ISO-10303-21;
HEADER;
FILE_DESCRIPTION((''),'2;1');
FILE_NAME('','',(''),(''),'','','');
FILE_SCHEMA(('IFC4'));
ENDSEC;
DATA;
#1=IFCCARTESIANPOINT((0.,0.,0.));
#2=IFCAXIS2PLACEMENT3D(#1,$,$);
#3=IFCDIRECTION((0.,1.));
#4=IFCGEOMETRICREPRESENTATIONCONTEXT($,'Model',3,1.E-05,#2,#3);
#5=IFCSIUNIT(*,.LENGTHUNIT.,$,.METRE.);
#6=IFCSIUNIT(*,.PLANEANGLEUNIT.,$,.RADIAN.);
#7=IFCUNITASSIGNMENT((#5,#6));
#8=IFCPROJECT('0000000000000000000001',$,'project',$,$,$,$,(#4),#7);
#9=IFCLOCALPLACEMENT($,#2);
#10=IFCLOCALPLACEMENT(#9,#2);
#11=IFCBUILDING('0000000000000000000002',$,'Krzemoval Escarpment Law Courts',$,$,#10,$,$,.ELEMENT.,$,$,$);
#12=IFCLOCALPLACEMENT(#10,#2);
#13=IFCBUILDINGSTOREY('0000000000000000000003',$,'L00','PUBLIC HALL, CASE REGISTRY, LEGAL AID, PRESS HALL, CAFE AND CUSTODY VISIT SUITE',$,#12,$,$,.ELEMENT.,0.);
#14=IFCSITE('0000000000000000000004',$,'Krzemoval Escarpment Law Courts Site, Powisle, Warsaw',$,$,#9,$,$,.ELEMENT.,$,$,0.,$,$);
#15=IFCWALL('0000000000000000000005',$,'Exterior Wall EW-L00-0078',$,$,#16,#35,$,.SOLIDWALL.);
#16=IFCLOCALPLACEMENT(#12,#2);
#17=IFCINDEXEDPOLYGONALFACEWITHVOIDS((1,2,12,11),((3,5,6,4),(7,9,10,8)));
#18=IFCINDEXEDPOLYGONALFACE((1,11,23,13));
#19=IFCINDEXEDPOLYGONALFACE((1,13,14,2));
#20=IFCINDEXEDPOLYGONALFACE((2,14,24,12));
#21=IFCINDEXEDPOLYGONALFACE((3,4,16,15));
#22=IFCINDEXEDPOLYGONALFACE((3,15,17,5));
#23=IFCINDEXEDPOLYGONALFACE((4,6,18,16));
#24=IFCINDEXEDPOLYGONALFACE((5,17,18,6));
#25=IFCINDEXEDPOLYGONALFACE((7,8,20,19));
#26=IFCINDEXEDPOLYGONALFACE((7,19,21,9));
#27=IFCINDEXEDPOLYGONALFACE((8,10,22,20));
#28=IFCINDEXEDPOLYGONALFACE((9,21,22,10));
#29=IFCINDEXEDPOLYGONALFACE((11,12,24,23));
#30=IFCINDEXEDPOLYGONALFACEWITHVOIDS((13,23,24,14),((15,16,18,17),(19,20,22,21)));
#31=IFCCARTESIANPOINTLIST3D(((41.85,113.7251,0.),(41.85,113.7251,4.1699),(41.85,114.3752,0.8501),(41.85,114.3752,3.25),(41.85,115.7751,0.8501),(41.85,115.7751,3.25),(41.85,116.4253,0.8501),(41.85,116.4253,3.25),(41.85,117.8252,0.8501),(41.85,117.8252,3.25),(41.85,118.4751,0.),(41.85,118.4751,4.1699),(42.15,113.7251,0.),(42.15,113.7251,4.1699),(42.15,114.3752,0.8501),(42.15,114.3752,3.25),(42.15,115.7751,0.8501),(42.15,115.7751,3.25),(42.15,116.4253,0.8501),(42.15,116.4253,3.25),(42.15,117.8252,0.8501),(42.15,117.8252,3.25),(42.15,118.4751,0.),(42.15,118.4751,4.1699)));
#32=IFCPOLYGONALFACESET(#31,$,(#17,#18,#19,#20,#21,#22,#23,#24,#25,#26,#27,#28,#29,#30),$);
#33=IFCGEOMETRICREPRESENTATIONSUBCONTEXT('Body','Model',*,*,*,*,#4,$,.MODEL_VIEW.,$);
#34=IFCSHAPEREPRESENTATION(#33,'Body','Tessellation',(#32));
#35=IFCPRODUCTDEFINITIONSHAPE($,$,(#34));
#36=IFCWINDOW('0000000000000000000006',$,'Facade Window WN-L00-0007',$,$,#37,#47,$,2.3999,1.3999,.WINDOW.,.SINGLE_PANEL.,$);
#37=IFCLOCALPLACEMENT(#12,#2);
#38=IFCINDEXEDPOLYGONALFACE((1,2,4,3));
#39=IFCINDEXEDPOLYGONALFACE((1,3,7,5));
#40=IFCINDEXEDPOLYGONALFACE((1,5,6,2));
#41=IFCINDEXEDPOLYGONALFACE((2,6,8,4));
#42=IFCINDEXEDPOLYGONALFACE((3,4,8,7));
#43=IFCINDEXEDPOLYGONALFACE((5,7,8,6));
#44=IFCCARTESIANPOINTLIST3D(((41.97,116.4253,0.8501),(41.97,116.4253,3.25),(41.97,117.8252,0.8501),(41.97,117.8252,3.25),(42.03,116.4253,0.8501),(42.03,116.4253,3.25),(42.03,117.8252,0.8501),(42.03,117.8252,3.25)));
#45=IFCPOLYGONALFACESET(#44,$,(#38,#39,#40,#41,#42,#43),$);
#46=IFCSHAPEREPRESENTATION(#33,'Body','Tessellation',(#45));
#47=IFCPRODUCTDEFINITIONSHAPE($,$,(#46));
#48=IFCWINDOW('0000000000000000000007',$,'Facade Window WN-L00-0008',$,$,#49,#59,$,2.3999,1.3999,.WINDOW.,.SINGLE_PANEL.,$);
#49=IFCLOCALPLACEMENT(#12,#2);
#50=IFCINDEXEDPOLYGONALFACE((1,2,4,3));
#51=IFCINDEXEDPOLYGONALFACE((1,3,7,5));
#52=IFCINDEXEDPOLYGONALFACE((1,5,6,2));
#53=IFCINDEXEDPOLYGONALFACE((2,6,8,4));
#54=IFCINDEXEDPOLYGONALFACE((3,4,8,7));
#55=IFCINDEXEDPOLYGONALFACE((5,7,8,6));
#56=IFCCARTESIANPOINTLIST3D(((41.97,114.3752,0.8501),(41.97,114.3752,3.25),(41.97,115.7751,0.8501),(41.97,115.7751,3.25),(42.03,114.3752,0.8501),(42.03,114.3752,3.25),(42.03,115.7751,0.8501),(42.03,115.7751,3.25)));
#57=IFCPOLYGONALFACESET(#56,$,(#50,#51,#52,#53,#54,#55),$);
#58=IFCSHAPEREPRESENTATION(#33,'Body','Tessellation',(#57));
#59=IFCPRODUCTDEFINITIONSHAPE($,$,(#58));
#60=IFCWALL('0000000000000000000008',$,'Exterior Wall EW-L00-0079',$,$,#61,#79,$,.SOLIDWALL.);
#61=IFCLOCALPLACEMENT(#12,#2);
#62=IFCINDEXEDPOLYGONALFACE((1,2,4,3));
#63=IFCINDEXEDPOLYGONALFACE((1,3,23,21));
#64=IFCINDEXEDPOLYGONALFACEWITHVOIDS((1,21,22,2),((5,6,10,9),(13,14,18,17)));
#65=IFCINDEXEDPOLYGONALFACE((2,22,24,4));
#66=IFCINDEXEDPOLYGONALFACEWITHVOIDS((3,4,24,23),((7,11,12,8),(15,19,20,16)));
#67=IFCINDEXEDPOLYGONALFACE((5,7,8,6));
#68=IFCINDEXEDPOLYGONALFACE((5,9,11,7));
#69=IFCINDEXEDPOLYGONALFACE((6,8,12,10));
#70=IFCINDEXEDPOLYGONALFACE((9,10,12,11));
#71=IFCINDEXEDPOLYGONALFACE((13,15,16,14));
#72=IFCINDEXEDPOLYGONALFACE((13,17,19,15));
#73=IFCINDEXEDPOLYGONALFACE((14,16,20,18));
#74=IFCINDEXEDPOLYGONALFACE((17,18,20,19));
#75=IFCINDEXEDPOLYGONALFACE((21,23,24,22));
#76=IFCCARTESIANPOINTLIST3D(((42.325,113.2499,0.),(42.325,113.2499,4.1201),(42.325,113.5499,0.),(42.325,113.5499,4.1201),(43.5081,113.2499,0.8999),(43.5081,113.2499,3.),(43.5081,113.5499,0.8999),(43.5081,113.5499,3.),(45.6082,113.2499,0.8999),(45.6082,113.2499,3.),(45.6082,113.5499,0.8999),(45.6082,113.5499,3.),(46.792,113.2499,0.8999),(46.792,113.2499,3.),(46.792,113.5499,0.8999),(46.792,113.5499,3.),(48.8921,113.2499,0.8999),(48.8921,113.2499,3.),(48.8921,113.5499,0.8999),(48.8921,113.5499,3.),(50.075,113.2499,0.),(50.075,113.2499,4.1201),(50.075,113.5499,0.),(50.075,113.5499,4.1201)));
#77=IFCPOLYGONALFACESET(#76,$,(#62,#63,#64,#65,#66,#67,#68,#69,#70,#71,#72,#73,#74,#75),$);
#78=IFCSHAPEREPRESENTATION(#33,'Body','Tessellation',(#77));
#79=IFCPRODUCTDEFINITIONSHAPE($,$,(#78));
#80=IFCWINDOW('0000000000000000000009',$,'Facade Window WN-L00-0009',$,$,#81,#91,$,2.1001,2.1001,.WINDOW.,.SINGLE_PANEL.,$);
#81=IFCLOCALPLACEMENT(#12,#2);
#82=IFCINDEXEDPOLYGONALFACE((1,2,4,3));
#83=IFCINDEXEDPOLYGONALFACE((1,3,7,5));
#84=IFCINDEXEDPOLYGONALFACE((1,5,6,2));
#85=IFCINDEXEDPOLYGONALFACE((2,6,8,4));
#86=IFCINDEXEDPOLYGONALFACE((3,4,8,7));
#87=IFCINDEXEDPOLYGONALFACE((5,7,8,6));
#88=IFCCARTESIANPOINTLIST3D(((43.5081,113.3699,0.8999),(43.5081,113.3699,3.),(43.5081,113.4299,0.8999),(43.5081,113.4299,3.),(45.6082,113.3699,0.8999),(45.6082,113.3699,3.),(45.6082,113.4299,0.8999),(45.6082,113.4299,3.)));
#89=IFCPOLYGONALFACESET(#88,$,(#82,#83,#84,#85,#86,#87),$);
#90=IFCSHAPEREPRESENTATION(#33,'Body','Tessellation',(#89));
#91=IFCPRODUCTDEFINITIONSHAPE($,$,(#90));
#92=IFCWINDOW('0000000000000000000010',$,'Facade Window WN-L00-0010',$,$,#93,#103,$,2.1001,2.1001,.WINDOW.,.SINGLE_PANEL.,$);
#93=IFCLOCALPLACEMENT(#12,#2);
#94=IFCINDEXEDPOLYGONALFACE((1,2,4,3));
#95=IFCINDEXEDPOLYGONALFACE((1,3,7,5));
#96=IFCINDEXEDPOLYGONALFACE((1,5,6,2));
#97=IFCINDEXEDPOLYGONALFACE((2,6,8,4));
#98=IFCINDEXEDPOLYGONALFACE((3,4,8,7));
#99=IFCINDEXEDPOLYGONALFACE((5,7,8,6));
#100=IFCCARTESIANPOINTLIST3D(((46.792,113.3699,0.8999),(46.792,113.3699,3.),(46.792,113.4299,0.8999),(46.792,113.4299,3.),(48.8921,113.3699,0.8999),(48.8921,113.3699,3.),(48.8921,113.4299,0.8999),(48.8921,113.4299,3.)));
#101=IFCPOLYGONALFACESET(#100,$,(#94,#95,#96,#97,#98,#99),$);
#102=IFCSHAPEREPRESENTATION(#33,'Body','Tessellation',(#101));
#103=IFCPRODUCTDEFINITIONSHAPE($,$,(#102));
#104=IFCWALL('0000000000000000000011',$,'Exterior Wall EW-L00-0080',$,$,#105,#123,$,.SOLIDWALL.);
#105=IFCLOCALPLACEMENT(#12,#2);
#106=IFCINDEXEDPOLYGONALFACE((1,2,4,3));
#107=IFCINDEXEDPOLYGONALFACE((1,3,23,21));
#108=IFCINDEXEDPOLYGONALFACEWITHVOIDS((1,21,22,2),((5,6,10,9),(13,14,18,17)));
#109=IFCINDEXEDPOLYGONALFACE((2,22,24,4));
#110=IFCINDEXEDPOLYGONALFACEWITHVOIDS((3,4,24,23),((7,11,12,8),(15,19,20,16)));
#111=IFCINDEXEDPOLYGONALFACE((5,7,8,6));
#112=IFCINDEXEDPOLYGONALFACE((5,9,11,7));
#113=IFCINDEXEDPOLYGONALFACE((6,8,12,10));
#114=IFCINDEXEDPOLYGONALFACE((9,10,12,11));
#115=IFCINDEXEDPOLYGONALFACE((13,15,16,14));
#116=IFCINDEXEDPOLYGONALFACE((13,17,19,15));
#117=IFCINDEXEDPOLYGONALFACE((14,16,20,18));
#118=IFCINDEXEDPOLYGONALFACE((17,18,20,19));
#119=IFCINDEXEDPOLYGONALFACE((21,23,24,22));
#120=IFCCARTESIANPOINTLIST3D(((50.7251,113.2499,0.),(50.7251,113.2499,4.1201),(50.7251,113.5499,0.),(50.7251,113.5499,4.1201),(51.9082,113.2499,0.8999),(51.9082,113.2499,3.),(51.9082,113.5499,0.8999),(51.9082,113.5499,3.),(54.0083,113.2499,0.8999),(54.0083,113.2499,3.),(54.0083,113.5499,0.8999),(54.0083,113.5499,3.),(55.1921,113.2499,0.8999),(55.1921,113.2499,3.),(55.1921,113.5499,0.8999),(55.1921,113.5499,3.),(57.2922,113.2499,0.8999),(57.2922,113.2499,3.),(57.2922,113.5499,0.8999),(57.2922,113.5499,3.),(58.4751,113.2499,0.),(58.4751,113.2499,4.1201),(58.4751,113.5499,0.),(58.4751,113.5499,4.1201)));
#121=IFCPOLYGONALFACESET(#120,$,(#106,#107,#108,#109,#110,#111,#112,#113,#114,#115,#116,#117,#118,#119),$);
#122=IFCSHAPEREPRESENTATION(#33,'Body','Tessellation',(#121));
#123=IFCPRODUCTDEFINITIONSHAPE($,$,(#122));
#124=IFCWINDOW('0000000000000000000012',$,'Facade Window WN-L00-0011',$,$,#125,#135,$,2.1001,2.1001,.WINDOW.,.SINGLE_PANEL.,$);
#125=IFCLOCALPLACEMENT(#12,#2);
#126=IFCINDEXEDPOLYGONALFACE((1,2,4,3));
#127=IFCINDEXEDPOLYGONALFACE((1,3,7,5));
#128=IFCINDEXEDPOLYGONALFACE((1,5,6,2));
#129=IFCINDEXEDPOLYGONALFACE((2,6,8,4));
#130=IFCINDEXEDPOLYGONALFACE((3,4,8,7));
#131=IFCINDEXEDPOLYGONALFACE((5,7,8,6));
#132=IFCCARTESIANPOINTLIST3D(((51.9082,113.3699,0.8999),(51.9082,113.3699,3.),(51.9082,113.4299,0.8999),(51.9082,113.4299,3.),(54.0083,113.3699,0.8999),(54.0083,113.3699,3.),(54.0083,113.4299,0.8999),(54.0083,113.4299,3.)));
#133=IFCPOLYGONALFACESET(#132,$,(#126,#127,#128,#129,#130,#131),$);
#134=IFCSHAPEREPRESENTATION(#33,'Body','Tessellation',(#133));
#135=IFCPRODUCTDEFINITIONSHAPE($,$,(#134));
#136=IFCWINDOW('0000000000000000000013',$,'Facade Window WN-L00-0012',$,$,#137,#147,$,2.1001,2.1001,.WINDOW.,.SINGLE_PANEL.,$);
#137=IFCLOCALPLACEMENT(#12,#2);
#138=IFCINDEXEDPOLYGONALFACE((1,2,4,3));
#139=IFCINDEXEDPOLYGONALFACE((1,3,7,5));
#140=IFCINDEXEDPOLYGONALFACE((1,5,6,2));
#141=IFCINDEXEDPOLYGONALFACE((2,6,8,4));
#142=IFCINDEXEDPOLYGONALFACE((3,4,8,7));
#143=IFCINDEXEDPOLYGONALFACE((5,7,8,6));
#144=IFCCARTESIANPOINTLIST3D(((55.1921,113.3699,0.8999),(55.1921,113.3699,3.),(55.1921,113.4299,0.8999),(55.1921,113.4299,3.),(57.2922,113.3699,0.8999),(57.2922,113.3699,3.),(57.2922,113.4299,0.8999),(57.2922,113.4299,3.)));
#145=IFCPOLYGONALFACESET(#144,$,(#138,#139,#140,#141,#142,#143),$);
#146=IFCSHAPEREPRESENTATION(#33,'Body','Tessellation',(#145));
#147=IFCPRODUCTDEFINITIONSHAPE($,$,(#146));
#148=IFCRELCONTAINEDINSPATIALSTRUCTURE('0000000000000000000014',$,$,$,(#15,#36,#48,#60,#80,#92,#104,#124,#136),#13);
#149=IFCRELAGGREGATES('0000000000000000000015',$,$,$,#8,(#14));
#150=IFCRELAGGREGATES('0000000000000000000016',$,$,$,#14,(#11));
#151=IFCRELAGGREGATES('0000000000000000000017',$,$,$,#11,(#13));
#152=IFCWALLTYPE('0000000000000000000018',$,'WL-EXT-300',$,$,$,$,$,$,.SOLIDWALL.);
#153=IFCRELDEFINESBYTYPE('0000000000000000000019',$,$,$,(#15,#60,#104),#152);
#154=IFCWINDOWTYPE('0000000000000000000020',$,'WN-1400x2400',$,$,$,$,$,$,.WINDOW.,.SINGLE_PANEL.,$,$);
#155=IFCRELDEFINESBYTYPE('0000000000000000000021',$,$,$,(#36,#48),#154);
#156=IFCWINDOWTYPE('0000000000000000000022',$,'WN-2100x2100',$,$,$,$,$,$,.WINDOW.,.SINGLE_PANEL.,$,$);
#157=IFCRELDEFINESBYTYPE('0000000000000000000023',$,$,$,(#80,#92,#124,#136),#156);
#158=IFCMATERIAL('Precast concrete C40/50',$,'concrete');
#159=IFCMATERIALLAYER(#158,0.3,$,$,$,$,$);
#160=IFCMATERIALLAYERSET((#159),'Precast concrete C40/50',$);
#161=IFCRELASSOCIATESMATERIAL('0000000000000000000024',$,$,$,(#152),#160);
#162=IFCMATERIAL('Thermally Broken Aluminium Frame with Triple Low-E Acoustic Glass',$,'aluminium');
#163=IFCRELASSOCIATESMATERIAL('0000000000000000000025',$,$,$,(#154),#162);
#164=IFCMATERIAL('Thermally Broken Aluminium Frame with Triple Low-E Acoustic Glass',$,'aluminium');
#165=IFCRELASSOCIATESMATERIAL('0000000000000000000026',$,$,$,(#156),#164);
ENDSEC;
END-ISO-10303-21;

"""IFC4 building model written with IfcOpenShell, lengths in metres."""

from ifc_helpers import new_model, si_unit, direction, frame, frame_2d, origin, place, context, subcontext, project, spatial, rectangle, extrude, material, layer, layer_set, type_object, element, fill, save


model = new_model("IFC4")

# Units and contexts
model_context = context("Model", 3, precision=1e-05, world=origin(), true_north=direction((0.0, 1.0)))
body_context = subcontext(model_context, "Body", "Model", "MODEL_VIEW")
ifc_project = project(units=[si_unit("LENGTHUNIT", "METRE"), si_unit("PLANEANGLEUNIT", "RADIAN")], contexts=[model_context])

# Site, building, storey
site_placement = place(None, origin())
site = spatial("IfcSite", under=ifc_project, at=site_placement, Name="Krzemoval Escarpment Law Courts Site, Powisle, Warsaw", CompositionType="ELEMENT", RefElevation=0.0)
building_placement = place(site_placement, origin())
building = spatial("IfcBuilding", under=site, at=building_placement, Name="Krzemoval Escarpment Law Courts", CompositionType="ELEMENT")
storey_placement = place(building_placement, origin())
storey = spatial("IfcBuildingStorey", under=building, at=storey_placement, Name="L00", Description="PUBLIC HALL, CASE REGISTRY, LEGAL AID, PRESS HALL, CAFE AND CUSTODY VISIT SUITE", CompositionType="ELEMENT", Elevation=0.0)

# Walls, openings, windows
ifc_material_1 = material(Name="Precast concrete C40/50", Category="concrete")
ifc_layer = layer(ifc_material_1, 0.3)
ifc_layer_set = layer_set([ifc_layer], Name="Precast concrete C40/50")
wall_type = type_object("IfcWallType", Name="WL-EXT-300", PredefinedType="SOLIDWALL", material=ifc_layer_set)
wall_1_placement = place(storey_placement, frame((42.0, 118.4751, 0.0), z_axis=(0.0, 0.0, 1.0), x_axis=(0.0, -1.0, 0.0)))
wall_1 = element("IfcWall", 1, at=wall_1_placement, inside=storey, type_object=wall_type, Name="Exterior Wall EW-L00-0078", PredefinedType="SOLIDWALL", context=body_context, shape_type="SweptSolid", body=[
    extrude(rectangle(XDim=4.75, YDim=0.3, at=frame_2d((2.375, 0.0))), origin(), (0.0, 0.0, 1.0), 4.1699),
])
opening_1_placement = place(wall_1_placement, frame((0.6499, 0.0, 0.8501)))
opening_1 = element("IfcOpeningElement", 2, at=opening_1_placement, cuts=wall_1, PredefinedType="OPENING", context=body_context, shape_type="SweptSolid", body=[
    extrude(rectangle(XDim=1.3999, YDim=2.3999, at=frame_2d((0.7, 1.2))), frame((0.0, 0.165, 0.0), z_axis=(0.0, -1.0, 0.0), x_axis=(1.0, 0.0, 0.0)), (0.0, 0.0, 1.0), 0.3301),
])
opening_2_placement = place(wall_1_placement, frame((2.7, 0.0, 0.8501)))
opening_2 = element("IfcOpeningElement", 3, at=opening_2_placement, cuts=wall_1, PredefinedType="OPENING", context=body_context, shape_type="SweptSolid", body=[
    extrude(rectangle(XDim=1.3999, YDim=2.3999, at=frame_2d((0.7, 1.2))), frame((0.0, 0.165, 0.0), z_axis=(0.0, -1.0, 0.0), x_axis=(1.0, 0.0, 0.0)), (0.0, 0.0, 1.0), 0.3301),
])
ifc_material_2 = material(Name="Thermally Broken Aluminium Frame with Triple Low-E Acoustic Glass", Category="aluminium")
window_type_1 = type_object("IfcWindowType", Name="WN-1400x2400", PartitioningType="SINGLE_PANEL", PredefinedType="WINDOW", material=ifc_material_2)
window_1_placement = place(opening_1_placement, origin())
window_1 = element("IfcWindow", 4, at=window_1_placement, inside=storey, type_object=window_type_1, Name="Facade Window WN-L00-0007", OverallHeight=2.3999, OverallWidth=1.3999, PartitioningType="SINGLE_PANEL", PredefinedType="WINDOW", context=body_context, shape_type="SweptSolid", body=[
    extrude(rectangle(XDim=1.3999, YDim=2.3999, at=frame_2d((0.7, 1.2))), frame((0.0, 0.03, 0.0), z_axis=(0.0, -1.0, 0.0), x_axis=(1.0, 0.0, 0.0)), (0.0, 0.0, 1.0), 0.0601),
])
fill(opening_1, window_1)
window_2_placement = place(opening_2_placement, origin())
window_2 = element("IfcWindow", 5, at=window_2_placement, inside=storey, type_object=window_type_1, Name="Facade Window WN-L00-0008", OverallHeight=2.3999, OverallWidth=1.3999, PartitioningType="SINGLE_PANEL", PredefinedType="WINDOW", context=body_context, shape_type="SweptSolid", body=[
    extrude(rectangle(XDim=1.3999, YDim=2.3999, at=frame_2d((0.7, 1.2))), frame((0.0, 0.03, 0.0), z_axis=(0.0, -1.0, 0.0), x_axis=(1.0, 0.0, 0.0)), (0.0, 0.0, 1.0), 0.0601),
])
fill(opening_2, window_2)
wall_2_placement = place(storey_placement, frame((42.325, 113.3999, 0.0), z_axis=(0.0, 0.0, 1.0), x_axis=(1.0, 0.0, 0.0)))
wall_2 = element("IfcWall", 6, at=wall_2_placement, inside=storey, type_object=wall_type, Name="Exterior Wall EW-L00-0079", PredefinedType="SOLIDWALL", context=body_context, shape_type="SweptSolid", body=[
    extrude(rectangle(XDim=7.75, YDim=0.3, at=frame_2d((3.875, 0.0))), origin(), (0.0, 0.0, 1.0), 4.1201),
])
opening_3_placement = place(wall_2_placement, frame((1.1831, 0.0, 0.8999)))
opening_3 = element("IfcOpeningElement", 7, at=opening_3_placement, cuts=wall_2, PredefinedType="OPENING", context=body_context, shape_type="SweptSolid", body=[
    extrude(rectangle(XDim=2.1001, YDim=2.1001, at=frame_2d((1.05, 1.05))), frame((0.0, 0.165, 0.0), z_axis=(0.0, -1.0, 0.0), x_axis=(1.0, 0.0, 0.0)), (0.0, 0.0, 1.0), 0.3301),
])
opening_4_placement = place(wall_2_placement, frame((4.467, 0.0, 0.8999)))
opening_4 = element("IfcOpeningElement", 8, at=opening_4_placement, cuts=wall_2, PredefinedType="OPENING", context=body_context, shape_type="SweptSolid", body=[
    extrude(rectangle(XDim=2.1001, YDim=2.1001, at=frame_2d((1.05, 1.05))), frame((0.0, 0.165, 0.0), z_axis=(0.0, -1.0, 0.0), x_axis=(1.0, 0.0, 0.0)), (0.0, 0.0, 1.0), 0.3301),
])
ifc_material_3 = material(Name="Thermally Broken Aluminium Frame with Triple Low-E Acoustic Glass", Category="aluminium")
window_type_2 = type_object("IfcWindowType", Name="WN-2100x2100", PartitioningType="SINGLE_PANEL", PredefinedType="WINDOW", material=ifc_material_3)
window_3_placement = place(opening_3_placement, origin())
window_3 = element("IfcWindow", 9, at=window_3_placement, inside=storey, type_object=window_type_2, Name="Facade Window WN-L00-0009", OverallHeight=2.1001, OverallWidth=2.1001, PartitioningType="SINGLE_PANEL", PredefinedType="WINDOW", context=body_context, shape_type="SweptSolid", body=[
    extrude(rectangle(XDim=2.1001, YDim=2.1001, at=frame_2d((1.05, 1.05))), frame((0.0, 0.03, 0.0), z_axis=(0.0, -1.0, 0.0), x_axis=(1.0, 0.0, 0.0)), (0.0, 0.0, 1.0), 0.0601),
])
fill(opening_3, window_3)
window_4_placement = place(opening_4_placement, origin())
window_4 = element("IfcWindow", 10, at=window_4_placement, inside=storey, type_object=window_type_2, Name="Facade Window WN-L00-0010", OverallHeight=2.1001, OverallWidth=2.1001, PartitioningType="SINGLE_PANEL", PredefinedType="WINDOW", context=body_context, shape_type="SweptSolid", body=[
    extrude(rectangle(XDim=2.1001, YDim=2.1001, at=frame_2d((1.05, 1.05))), frame((0.0, 0.03, 0.0), z_axis=(0.0, -1.0, 0.0), x_axis=(1.0, 0.0, 0.0)), (0.0, 0.0, 1.0), 0.0601),
])
fill(opening_4, window_4)
wall_3_placement = place(storey_placement, frame((50.7251, 113.3999, 0.0), z_axis=(0.0, 0.0, 1.0), x_axis=(1.0, 0.0, 0.0)))
wall_3 = element("IfcWall", 11, at=wall_3_placement, inside=storey, type_object=wall_type, Name="Exterior Wall EW-L00-0080", PredefinedType="SOLIDWALL", context=body_context, shape_type="SweptSolid", body=[
    extrude(rectangle(XDim=7.75, YDim=0.3, at=frame_2d((3.875, 0.0))), origin(), (0.0, 0.0, 1.0), 4.1201),
])
opening_5_placement = place(wall_3_placement, frame((1.1831, 0.0, 0.8999)))
opening_5 = element("IfcOpeningElement", 12, at=opening_5_placement, cuts=wall_3, PredefinedType="OPENING", context=body_context, shape_type="SweptSolid", body=[
    extrude(rectangle(XDim=2.1001, YDim=2.1001, at=frame_2d((1.05, 1.05))), frame((0.0, 0.165, 0.0), z_axis=(0.0, -1.0, 0.0), x_axis=(1.0, 0.0, 0.0)), (0.0, 0.0, 1.0), 0.3301),
])
opening_6_placement = place(wall_3_placement, frame((4.467, 0.0, 0.8999)))
opening_6 = element("IfcOpeningElement", 13, at=opening_6_placement, cuts=wall_3, PredefinedType="OPENING", context=body_context, shape_type="SweptSolid", body=[
    extrude(rectangle(XDim=2.1001, YDim=2.1001, at=frame_2d((1.05, 1.05))), frame((0.0, 0.165, 0.0), z_axis=(0.0, -1.0, 0.0), x_axis=(1.0, 0.0, 0.0)), (0.0, 0.0, 1.0), 0.3301),
])
window_5_placement = place(opening_5_placement, origin())
window_5 = element("IfcWindow", 14, at=window_5_placement, inside=storey, type_object=window_type_2, Name="Facade Window WN-L00-0011", OverallHeight=2.1001, OverallWidth=2.1001, PartitioningType="SINGLE_PANEL", PredefinedType="WINDOW", context=body_context, shape_type="SweptSolid", body=[
    extrude(rectangle(XDim=2.1001, YDim=2.1001, at=frame_2d((1.05, 1.05))), frame((0.0, 0.03, 0.0), z_axis=(0.0, -1.0, 0.0), x_axis=(1.0, 0.0, 0.0)), (0.0, 0.0, 1.0), 0.0601),
])
fill(opening_5, window_5)
window_6_placement = place(opening_6_placement, origin())
window_6 = element("IfcWindow", 15, at=window_6_placement, inside=storey, type_object=window_type_2, Name="Facade Window WN-L00-0012", OverallHeight=2.1001, OverallWidth=2.1001, PartitioningType="SINGLE_PANEL", PredefinedType="WINDOW", context=body_context, shape_type="SweptSolid", body=[
    extrude(rectangle(XDim=2.1001, YDim=2.1001, at=frame_2d((1.05, 1.05))), frame((0.0, 0.03, 0.0), z_axis=(0.0, -1.0, 0.0), x_axis=(1.0, 0.0, 0.0)), (0.0, 0.0, 1.0), 0.0601),
])
fill(opening_6, window_6)

save(model, "model.ifc")
